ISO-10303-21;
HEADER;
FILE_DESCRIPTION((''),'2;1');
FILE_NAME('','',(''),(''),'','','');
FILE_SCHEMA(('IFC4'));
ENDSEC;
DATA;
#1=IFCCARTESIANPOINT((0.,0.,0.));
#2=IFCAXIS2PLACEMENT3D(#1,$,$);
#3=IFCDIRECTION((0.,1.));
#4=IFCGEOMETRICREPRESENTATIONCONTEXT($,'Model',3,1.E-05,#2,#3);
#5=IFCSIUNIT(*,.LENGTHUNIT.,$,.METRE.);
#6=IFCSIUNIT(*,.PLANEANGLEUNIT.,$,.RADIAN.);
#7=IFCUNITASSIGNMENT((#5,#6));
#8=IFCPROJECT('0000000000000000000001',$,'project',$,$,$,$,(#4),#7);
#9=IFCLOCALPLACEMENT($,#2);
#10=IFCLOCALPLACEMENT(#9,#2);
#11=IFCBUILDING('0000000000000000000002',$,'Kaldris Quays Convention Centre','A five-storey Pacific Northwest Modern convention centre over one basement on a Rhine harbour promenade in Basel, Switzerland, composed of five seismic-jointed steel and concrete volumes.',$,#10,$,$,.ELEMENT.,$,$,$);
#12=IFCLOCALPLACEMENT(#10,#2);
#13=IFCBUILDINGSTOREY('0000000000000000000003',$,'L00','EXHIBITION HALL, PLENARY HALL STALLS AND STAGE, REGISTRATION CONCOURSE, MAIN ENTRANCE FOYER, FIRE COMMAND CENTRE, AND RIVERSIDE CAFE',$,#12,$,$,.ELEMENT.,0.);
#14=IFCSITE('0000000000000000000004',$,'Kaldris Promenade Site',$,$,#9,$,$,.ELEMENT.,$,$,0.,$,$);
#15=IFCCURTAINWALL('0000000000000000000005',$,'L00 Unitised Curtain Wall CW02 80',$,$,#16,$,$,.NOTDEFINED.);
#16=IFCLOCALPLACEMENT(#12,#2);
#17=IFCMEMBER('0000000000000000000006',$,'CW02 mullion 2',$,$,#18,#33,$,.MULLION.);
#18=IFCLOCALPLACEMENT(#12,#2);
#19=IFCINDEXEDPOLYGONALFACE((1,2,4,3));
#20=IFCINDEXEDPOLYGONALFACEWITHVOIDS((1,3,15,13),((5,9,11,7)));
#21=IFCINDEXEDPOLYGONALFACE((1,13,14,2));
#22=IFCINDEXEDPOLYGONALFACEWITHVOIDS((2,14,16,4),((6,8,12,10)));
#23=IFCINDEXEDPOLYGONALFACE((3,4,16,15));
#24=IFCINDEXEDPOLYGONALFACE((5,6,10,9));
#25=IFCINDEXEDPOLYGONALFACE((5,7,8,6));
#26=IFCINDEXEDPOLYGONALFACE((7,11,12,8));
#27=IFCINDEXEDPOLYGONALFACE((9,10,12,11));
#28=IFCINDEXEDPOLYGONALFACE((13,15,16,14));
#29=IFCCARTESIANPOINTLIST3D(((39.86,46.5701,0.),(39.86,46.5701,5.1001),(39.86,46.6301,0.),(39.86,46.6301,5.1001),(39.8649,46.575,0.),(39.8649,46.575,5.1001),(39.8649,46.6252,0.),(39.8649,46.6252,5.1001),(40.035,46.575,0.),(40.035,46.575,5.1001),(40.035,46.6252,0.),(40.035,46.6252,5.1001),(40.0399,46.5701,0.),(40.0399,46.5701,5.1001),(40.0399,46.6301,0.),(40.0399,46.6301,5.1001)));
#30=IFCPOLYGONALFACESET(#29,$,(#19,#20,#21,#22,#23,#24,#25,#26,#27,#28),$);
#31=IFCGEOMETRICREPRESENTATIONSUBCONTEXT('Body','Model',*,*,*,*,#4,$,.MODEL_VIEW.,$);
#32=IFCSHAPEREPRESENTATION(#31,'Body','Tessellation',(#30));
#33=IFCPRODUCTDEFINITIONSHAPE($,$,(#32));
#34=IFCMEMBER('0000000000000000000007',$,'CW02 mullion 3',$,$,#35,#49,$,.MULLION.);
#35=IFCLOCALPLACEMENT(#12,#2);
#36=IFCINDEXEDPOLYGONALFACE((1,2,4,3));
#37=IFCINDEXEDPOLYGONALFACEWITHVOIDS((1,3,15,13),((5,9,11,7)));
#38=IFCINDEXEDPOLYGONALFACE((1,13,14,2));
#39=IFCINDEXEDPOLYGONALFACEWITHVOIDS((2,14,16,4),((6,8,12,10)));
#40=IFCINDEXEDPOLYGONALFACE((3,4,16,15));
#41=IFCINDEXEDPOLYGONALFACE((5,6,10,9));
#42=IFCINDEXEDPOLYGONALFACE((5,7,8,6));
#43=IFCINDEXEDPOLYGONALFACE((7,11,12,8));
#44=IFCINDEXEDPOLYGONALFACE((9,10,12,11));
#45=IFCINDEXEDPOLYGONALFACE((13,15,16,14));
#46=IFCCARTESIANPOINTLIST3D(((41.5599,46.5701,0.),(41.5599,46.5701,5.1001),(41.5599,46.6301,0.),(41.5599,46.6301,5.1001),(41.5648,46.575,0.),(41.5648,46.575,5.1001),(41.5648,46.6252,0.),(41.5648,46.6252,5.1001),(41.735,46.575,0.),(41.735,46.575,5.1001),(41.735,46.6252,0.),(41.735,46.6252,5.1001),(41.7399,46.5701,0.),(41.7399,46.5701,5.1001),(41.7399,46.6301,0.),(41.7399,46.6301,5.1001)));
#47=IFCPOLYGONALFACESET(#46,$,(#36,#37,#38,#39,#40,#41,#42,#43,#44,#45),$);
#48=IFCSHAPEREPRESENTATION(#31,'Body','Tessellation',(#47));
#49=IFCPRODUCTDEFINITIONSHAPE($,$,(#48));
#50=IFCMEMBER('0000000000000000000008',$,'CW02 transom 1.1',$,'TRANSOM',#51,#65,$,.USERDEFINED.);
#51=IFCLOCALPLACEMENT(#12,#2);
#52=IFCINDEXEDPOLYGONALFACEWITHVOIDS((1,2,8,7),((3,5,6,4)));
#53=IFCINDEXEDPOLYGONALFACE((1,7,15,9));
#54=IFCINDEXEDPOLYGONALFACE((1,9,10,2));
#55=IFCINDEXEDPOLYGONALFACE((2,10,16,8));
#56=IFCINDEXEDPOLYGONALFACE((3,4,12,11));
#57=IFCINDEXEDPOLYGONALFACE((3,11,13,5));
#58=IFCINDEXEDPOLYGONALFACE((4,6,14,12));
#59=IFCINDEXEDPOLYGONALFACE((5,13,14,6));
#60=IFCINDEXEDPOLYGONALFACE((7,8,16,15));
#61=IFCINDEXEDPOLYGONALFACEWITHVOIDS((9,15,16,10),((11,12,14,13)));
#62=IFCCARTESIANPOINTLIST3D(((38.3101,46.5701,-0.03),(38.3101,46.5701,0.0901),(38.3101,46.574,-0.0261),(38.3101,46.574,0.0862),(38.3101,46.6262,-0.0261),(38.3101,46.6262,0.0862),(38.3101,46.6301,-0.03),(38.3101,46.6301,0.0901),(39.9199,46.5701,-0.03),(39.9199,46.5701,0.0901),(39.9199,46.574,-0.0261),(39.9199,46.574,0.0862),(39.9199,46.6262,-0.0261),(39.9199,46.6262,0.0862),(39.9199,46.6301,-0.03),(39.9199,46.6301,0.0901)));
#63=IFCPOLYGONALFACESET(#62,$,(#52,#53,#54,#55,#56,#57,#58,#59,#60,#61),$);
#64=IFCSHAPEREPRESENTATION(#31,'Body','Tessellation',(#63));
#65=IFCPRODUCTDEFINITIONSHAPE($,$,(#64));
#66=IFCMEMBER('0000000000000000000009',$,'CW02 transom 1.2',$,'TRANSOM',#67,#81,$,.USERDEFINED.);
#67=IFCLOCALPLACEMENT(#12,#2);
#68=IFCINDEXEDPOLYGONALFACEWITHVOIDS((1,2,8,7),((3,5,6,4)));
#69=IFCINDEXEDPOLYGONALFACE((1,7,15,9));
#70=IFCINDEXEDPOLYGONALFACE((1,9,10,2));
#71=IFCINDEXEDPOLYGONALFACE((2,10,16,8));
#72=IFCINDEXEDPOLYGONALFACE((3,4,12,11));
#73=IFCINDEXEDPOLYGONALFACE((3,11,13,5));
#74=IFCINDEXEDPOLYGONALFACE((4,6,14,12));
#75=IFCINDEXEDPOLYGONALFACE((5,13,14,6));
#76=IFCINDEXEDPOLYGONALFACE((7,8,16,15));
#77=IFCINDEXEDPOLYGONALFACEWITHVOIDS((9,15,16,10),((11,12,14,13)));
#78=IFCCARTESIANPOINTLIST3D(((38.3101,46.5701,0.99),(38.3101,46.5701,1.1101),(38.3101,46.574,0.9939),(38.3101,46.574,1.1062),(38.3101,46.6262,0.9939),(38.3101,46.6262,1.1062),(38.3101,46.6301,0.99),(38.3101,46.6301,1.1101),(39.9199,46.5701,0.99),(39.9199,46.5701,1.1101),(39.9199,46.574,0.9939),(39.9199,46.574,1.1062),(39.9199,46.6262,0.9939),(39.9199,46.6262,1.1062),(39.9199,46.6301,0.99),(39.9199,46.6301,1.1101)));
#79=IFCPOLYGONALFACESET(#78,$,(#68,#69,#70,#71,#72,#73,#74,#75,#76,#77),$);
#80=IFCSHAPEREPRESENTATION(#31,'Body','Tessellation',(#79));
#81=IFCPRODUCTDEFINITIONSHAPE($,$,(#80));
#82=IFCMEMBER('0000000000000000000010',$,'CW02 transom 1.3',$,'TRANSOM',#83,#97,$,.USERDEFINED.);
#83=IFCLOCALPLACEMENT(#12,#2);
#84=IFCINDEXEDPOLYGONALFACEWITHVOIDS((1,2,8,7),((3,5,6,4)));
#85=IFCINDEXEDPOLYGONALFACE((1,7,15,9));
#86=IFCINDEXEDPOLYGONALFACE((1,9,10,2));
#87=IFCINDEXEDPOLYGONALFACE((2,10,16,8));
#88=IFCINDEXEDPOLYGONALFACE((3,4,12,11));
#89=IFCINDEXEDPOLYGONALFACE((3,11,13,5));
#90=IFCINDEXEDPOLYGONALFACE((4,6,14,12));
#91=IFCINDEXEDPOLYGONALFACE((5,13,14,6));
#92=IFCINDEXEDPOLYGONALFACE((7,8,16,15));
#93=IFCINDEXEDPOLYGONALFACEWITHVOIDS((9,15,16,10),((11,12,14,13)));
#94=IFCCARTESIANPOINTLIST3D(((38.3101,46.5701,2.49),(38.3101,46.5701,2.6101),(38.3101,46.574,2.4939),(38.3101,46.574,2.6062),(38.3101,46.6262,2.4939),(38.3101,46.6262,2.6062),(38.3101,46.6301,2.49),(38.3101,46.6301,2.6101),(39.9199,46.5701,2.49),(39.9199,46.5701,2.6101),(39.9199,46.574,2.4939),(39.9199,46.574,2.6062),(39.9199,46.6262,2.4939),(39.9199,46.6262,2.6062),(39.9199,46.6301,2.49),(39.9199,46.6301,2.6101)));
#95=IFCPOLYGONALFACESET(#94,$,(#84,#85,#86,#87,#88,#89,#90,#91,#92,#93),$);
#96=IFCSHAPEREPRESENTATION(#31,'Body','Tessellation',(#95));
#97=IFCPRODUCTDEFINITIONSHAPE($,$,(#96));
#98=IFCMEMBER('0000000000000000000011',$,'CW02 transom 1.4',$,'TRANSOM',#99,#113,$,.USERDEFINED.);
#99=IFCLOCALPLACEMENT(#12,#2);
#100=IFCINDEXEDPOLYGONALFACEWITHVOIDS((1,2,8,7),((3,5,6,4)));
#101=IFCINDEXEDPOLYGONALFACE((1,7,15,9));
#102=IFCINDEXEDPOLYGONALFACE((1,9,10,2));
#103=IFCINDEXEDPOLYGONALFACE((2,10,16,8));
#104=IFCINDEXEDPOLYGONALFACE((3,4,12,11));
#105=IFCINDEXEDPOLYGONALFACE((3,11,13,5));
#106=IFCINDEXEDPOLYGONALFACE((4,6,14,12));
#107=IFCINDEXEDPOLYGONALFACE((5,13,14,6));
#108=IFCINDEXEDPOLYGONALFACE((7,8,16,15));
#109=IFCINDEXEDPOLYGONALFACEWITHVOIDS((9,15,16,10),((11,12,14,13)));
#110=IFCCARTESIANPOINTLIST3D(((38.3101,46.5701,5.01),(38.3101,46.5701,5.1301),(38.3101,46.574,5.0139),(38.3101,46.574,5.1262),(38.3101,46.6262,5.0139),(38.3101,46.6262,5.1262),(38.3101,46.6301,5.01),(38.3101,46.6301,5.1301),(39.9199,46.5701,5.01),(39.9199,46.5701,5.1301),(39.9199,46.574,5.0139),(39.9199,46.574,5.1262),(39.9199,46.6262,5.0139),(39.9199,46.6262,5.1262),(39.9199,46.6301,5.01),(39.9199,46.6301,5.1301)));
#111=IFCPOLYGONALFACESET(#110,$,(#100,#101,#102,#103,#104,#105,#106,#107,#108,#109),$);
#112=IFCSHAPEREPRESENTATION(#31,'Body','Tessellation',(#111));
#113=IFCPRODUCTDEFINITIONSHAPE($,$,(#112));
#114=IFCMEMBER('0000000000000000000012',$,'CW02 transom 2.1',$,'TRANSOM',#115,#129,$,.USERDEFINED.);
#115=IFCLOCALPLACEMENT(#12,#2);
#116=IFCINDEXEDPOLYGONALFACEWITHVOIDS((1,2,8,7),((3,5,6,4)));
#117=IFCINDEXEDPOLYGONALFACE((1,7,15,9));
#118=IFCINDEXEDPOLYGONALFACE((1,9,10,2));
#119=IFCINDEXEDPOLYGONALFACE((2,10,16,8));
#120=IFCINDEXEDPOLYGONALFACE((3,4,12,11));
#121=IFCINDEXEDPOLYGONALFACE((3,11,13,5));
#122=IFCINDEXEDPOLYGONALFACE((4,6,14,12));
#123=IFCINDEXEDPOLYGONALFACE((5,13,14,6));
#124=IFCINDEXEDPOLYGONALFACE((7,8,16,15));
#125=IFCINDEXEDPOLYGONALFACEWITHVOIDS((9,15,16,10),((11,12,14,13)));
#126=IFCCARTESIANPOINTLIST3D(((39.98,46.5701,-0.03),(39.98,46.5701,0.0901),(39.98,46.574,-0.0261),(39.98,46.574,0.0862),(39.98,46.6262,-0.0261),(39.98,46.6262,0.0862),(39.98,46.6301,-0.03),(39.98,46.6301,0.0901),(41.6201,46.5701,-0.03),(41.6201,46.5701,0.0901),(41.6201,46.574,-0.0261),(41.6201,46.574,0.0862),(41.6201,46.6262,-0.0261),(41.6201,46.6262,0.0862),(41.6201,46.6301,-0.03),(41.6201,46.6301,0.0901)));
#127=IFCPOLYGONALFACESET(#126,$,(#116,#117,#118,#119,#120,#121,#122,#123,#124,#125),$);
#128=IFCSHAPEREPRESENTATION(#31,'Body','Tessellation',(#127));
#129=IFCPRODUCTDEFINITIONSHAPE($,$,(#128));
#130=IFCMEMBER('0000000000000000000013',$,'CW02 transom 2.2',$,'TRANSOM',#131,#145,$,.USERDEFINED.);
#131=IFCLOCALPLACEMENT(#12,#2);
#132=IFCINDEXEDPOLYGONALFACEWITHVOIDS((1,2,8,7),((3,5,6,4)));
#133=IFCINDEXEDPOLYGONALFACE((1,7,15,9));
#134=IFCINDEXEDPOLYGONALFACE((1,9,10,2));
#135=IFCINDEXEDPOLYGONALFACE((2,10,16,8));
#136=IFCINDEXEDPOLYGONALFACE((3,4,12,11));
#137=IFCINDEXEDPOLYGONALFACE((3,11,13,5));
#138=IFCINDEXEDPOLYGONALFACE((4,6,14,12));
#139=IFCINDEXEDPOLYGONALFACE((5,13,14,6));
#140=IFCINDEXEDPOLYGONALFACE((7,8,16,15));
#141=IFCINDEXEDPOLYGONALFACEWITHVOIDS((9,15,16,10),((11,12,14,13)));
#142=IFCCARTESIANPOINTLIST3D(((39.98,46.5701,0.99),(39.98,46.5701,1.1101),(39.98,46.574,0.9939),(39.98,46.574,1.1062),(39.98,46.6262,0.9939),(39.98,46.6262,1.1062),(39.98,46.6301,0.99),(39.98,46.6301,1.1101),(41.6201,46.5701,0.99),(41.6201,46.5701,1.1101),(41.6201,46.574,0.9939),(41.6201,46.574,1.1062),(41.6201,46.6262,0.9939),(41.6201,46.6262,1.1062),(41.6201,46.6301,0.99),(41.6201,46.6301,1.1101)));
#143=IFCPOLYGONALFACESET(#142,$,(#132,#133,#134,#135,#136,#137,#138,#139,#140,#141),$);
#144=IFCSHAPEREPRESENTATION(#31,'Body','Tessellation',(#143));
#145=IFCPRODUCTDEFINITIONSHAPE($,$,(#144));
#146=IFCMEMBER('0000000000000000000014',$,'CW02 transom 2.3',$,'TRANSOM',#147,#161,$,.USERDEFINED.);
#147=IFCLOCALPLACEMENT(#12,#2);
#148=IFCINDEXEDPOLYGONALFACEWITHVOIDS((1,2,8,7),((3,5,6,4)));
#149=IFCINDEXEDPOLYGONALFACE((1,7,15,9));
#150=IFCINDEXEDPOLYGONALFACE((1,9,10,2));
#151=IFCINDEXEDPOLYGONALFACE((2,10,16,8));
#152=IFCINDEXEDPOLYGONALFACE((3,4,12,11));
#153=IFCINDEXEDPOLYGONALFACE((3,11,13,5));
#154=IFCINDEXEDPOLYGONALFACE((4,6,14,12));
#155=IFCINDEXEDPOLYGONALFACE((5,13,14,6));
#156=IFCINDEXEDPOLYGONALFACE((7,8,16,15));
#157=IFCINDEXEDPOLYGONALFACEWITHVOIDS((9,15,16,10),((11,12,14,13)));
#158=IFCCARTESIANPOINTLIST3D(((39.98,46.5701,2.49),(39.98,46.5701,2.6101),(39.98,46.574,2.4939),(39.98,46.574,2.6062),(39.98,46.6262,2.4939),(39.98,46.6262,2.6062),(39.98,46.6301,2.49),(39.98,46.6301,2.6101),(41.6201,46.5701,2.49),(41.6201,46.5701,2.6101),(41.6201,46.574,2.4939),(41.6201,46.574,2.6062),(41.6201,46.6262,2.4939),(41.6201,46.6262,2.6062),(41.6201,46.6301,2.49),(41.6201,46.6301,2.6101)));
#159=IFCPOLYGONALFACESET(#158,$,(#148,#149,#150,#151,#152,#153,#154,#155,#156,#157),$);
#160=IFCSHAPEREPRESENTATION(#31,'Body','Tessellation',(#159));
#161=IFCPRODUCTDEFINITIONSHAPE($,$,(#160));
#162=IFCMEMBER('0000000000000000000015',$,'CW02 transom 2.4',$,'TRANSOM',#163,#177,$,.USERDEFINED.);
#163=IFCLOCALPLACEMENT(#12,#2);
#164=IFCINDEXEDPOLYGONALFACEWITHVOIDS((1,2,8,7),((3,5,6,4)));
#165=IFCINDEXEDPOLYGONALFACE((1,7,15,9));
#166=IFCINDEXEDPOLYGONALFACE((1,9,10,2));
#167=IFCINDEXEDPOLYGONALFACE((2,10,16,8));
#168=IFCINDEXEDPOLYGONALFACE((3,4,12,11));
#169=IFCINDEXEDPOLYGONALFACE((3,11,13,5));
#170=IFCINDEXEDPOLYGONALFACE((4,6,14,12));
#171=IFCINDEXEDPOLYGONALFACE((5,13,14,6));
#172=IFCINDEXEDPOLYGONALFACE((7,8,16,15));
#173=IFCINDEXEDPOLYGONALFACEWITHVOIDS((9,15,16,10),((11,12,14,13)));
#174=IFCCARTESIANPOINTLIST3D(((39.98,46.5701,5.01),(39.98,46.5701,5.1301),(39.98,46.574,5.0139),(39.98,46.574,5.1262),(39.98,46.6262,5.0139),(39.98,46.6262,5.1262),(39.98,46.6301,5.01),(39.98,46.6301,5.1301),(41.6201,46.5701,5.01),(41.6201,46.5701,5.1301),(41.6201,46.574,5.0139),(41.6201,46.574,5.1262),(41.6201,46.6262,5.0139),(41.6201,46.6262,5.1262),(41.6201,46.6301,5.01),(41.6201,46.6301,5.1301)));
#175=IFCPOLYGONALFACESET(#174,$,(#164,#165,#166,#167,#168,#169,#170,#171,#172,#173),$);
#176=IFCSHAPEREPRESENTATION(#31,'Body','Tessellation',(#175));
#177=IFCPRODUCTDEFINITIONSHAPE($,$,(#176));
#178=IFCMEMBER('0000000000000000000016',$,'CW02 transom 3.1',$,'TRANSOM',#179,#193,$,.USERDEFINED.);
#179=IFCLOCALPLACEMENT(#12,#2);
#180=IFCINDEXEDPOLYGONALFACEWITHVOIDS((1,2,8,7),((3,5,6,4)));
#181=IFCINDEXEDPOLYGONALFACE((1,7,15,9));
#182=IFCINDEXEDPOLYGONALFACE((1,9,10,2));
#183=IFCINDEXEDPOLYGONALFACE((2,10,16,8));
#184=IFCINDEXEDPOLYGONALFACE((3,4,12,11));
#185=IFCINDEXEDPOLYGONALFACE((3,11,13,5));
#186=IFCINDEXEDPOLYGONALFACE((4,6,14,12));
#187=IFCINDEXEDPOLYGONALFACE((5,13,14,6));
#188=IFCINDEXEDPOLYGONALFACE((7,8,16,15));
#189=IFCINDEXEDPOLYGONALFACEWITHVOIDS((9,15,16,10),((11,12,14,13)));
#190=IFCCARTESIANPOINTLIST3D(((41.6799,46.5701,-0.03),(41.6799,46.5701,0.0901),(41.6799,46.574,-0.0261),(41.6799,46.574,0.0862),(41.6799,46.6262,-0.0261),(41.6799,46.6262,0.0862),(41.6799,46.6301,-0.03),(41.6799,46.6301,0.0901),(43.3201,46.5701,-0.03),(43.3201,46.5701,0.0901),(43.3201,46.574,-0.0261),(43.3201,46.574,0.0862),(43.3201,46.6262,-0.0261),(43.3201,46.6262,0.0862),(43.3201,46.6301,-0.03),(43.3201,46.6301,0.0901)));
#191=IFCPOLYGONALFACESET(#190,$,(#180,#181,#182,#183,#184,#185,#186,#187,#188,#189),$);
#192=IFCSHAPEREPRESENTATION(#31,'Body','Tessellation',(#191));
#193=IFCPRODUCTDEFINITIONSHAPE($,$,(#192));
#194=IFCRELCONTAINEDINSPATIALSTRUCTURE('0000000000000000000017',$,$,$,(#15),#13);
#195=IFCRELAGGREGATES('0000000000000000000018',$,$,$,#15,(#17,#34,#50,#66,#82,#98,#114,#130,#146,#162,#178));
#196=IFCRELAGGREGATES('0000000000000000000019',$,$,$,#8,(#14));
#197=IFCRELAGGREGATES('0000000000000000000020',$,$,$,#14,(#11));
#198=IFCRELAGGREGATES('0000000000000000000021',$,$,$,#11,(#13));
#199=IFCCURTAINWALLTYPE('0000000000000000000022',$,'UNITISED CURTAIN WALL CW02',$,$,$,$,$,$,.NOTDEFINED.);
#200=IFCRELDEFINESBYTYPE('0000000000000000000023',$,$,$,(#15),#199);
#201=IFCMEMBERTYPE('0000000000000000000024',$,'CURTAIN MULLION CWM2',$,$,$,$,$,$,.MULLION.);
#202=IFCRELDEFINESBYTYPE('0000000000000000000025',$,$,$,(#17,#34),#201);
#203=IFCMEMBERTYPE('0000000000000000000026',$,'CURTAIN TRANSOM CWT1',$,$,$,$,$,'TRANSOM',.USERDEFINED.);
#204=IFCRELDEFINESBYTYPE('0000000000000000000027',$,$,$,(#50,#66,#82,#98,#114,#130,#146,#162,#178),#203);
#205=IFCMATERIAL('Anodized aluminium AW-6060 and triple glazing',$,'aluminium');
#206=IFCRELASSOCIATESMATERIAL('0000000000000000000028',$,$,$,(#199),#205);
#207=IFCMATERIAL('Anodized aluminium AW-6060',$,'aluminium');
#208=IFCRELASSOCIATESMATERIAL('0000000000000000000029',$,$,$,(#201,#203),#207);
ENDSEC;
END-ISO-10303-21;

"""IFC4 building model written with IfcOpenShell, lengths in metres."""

from ifc_helpers import new_model, si_unit, direction, frame, origin, origin_2d, place, context, subcontext, project, spatial, hollow_rectangle, extrude, material, material_profile, profile_set, type_object, element, aggregate, save


model = new_model("IFC4")

# Units and contexts
model_context = context("Model", 3, precision=1e-05, world=origin(), true_north=direction((0.0, 1.0)))
body_context = subcontext(model_context, "Body", "Model", "MODEL_VIEW")
ifc_project = project(units=[si_unit("LENGTHUNIT", "METRE"), si_unit("PLANEANGLEUNIT", "RADIAN")], contexts=[model_context])

# Site, building, storey
site_placement = place(None, origin())
site = spatial("IfcSite", under=ifc_project, at=site_placement, Name="Kaldris Promenade Site", CompositionType="ELEMENT", RefElevation=0.0)
building_placement = place(site_placement, origin())
building = spatial("IfcBuilding", under=site, at=building_placement, Name="Kaldris Quays Convention Centre", Description="A five-storey Pacific Northwest Modern convention centre over one basement on a Rhine harbour promenade in Basel, Switzerland, composed of five seismic-jointed steel and concrete volumes.", CompositionType="ELEMENT")
storey_placement = place(building_placement, origin())
storey = spatial("IfcBuildingStorey", under=building, at=storey_placement, Name="L00", Description="EXHIBITION HALL, PLENARY HALL STALLS AND STAGE, REGISTRATION CONCOURSE, MAIN ENTRANCE FOYER, FIRE COMMAND CENTRE, AND RIVERSIDE CAFE", CompositionType="ELEMENT", Elevation=0.0)

# Curtain wall, members
ifc_material_1 = material(Name="Anodized aluminium AW-6060 and triple glazing", Category="aluminium")
curtain_wall_type = type_object("IfcCurtainWallType", Name="UNITISED CURTAIN WALL CW02", PredefinedType="NOTDEFINED", material=ifc_material_1)
curtain_wall_placement = place(storey_placement, origin())
curtain_wall = element("IfcCurtainWall", 1, at=curtain_wall_placement, inside=storey, type_object=curtain_wall_type, Name="L00 Unitised Curtain Wall CW02 80", PredefinedType="NOTDEFINED")
ifc_material_2 = material(Name="Anodized aluminium AW-6060", Category="aluminium")
ifc_material_profile_1 = material_profile(ifc_material_2, hollow_rectangle(XDim=0.0601, YDim=0.1799, WallThickness=0.0049, at=origin_2d()), Name="RHS 180x60x5")
ifc_profile_set_1 = profile_set([ifc_material_profile_1], Name="Anodized aluminium AW-6060")
member_type_1 = type_object("IfcMemberType", Name="CURTAIN MULLION CWM2", PredefinedType="MULLION", material=ifc_profile_set_1)
member_1_placement = place(storey_placement, frame((39.95, 46.6001, 0.0), z_axis=(0.0, 0.0, 1.0), x_axis=(0.0, 1.0, 0.0)))
member_1 = element("IfcMember", 2, at=member_1_placement, type_object=member_type_1, Name="CW02 mullion 2", PredefinedType="MULLION", context=body_context, shape_type="SweptSolid", body=[
    extrude(hollow_rectangle(XDim=0.0601, YDim=0.1799, WallThickness=0.0049, at=origin_2d()), origin(), (0.0, 0.0, 1.0), 5.1001),
])
member_2_placement = place(storey_placement, frame((41.6499, 46.6001, 0.0), z_axis=(0.0, 0.0, 1.0), x_axis=(0.0, 1.0, 0.0)))
member_2 = element("IfcMember", 3, at=member_2_placement, type_object=member_type_1, Name="CW02 mullion 3", PredefinedType="MULLION", context=body_context, shape_type="SweptSolid", body=[
    extrude(hollow_rectangle(XDim=0.0601, YDim=0.1799, WallThickness=0.0049, at=origin_2d()), origin(), (0.0, 0.0, 1.0), 5.1001),
])
ifc_material_profile_2 = material_profile(ifc_material_2, hollow_rectangle(XDim=0.0601, YDim=0.1201, WallThickness=0.0039, at=origin_2d()), Name="RHS 120x60x4")
ifc_profile_set_2 = profile_set([ifc_material_profile_2], Name="Anodized aluminium AW-6060")
member_type_2 = type_object("IfcMemberType", Name="CURTAIN TRANSOM CWT1", ElementType="TRANSOM", PredefinedType="USERDEFINED", material=ifc_profile_set_2)
member_3_placement = place(storey_placement, frame((38.3101, 46.6001, 0.03), z_axis=(1.0, 0.0, 0.0), x_axis=(0.0, 1.0, 0.0)))
member_3 = element("IfcMember", 4, at=member_3_placement, type_object=member_type_2, Name="CW02 transom 1.1", ObjectType="TRANSOM", PredefinedType="USERDEFINED", context=body_context, shape_type="SweptSolid", body=[
    extrude(hollow_rectangle(XDim=0.0601, YDim=0.1201, WallThickness=0.0039, at=origin_2d()), origin(), (0.0, 0.0, 1.0), 1.6099),
])
member_4_placement = place(storey_placement, frame((38.3101, 46.6001, 1.05), z_axis=(1.0, 0.0, 0.0), x_axis=(0.0, 1.0, 0.0)))
member_4 = element("IfcMember", 5, at=member_4_placement, type_object=member_type_2, Name="CW02 transom 1.2", ObjectType="TRANSOM", PredefinedType="USERDEFINED", context=body_context, shape_type="SweptSolid", body=[
    extrude(hollow_rectangle(XDim=0.0601, YDim=0.1201, WallThickness=0.0039, at=origin_2d()), origin(), (0.0, 0.0, 1.0), 1.6099),
])
member_5_placement = place(storey_placement, frame((38.3101, 46.6001, 2.55), z_axis=(1.0, 0.0, 0.0), x_axis=(0.0, 1.0, 0.0)))
member_5 = element("IfcMember", 6, at=member_5_placement, type_object=member_type_2, Name="CW02 transom 1.3", ObjectType="TRANSOM", PredefinedType="USERDEFINED", context=body_context, shape_type="SweptSolid", body=[
    extrude(hollow_rectangle(XDim=0.0601, YDim=0.1201, WallThickness=0.0039, at=origin_2d()), origin(), (0.0, 0.0, 1.0), 1.6099),
])
member_6_placement = place(storey_placement, frame((38.3101, 46.6001, 5.0701), z_axis=(1.0, 0.0, 0.0), x_axis=(0.0, 1.0, 0.0)))
member_6 = element("IfcMember", 7, at=member_6_placement, type_object=member_type_2, Name="CW02 transom 1.4", ObjectType="TRANSOM", PredefinedType="USERDEFINED", context=body_context, shape_type="SweptSolid", body=[
    extrude(hollow_rectangle(XDim=0.0601, YDim=0.1201, WallThickness=0.0039, at=origin_2d()), origin(), (0.0, 0.0, 1.0), 1.6099),
])
member_7_placement = place(storey_placement, frame((39.98, 46.6001, 0.03), z_axis=(1.0, 0.0, 0.0), x_axis=(0.0, 1.0, 0.0)))
member_7 = element("IfcMember", 8, at=member_7_placement, type_object=member_type_2, Name="CW02 transom 2.1", ObjectType="TRANSOM", PredefinedType="USERDEFINED", context=body_context, shape_type="SweptSolid", body=[
    extrude(hollow_rectangle(XDim=0.0601, YDim=0.1201, WallThickness=0.0039, at=origin_2d()), origin(), (0.0, 0.0, 1.0), 1.6401),
])
member_8_placement = place(storey_placement, frame((39.98, 46.6001, 1.05), z_axis=(1.0, 0.0, 0.0), x_axis=(0.0, 1.0, 0.0)))
member_8 = element("IfcMember", 9, at=member_8_placement, type_object=member_type_2, Name="CW02 transom 2.2", ObjectType="TRANSOM", PredefinedType="USERDEFINED", context=body_context, shape_type="SweptSolid", body=[
    extrude(hollow_rectangle(XDim=0.0601, YDim=0.1201, WallThickness=0.0039, at=origin_2d()), origin(), (0.0, 0.0, 1.0), 1.6401),
])
member_9_placement = place(storey_placement, frame((39.98, 46.6001, 2.55), z_axis=(1.0, 0.0, 0.0), x_axis=(0.0, 1.0, 0.0)))
member_9 = element("IfcMember", 10, at=member_9_placement, type_object=member_type_2, Name="CW02 transom 2.3", ObjectType="TRANSOM", PredefinedType="USERDEFINED", context=body_context, shape_type="SweptSolid", body=[
    extrude(hollow_rectangle(XDim=0.0601, YDim=0.1201, WallThickness=0.0039, at=origin_2d()), origin(), (0.0, 0.0, 1.0), 1.6401),
])
member_10_placement = place(storey_placement, frame((39.98, 46.6001, 5.0701), z_axis=(1.0, 0.0, 0.0), x_axis=(0.0, 1.0, 0.0)))
member_10 = element("IfcMember", 11, at=member_10_placement, type_object=member_type_2, Name="CW02 transom 2.4", ObjectType="TRANSOM", PredefinedType="USERDEFINED", context=body_context, shape_type="SweptSolid", body=[
    extrude(hollow_rectangle(XDim=0.0601, YDim=0.1201, WallThickness=0.0039, at=origin_2d()), origin(), (0.0, 0.0, 1.0), 1.6401),
])
member_11_placement = place(storey_placement, frame((41.6799, 46.6001, 0.03), z_axis=(1.0, 0.0, 0.0), x_axis=(0.0, 1.0, 0.0)))
member_11 = element("IfcMember", 12, at=member_11_placement, type_object=member_type_2, Name="CW02 transom 3.1", ObjectType="TRANSOM", PredefinedType="USERDEFINED", context=body_context, shape_type="SweptSolid", body=[
    extrude(hollow_rectangle(XDim=0.0601, YDim=0.1201, WallThickness=0.0039, at=origin_2d()), origin(), (0.0, 0.0, 1.0), 1.6401),
])
aggregate(curtain_wall, [member_1, member_2, member_3, member_4, member_5, member_6, member_7, member_8, member_9, member_10, member_11])

save(model, "model.ifc")
